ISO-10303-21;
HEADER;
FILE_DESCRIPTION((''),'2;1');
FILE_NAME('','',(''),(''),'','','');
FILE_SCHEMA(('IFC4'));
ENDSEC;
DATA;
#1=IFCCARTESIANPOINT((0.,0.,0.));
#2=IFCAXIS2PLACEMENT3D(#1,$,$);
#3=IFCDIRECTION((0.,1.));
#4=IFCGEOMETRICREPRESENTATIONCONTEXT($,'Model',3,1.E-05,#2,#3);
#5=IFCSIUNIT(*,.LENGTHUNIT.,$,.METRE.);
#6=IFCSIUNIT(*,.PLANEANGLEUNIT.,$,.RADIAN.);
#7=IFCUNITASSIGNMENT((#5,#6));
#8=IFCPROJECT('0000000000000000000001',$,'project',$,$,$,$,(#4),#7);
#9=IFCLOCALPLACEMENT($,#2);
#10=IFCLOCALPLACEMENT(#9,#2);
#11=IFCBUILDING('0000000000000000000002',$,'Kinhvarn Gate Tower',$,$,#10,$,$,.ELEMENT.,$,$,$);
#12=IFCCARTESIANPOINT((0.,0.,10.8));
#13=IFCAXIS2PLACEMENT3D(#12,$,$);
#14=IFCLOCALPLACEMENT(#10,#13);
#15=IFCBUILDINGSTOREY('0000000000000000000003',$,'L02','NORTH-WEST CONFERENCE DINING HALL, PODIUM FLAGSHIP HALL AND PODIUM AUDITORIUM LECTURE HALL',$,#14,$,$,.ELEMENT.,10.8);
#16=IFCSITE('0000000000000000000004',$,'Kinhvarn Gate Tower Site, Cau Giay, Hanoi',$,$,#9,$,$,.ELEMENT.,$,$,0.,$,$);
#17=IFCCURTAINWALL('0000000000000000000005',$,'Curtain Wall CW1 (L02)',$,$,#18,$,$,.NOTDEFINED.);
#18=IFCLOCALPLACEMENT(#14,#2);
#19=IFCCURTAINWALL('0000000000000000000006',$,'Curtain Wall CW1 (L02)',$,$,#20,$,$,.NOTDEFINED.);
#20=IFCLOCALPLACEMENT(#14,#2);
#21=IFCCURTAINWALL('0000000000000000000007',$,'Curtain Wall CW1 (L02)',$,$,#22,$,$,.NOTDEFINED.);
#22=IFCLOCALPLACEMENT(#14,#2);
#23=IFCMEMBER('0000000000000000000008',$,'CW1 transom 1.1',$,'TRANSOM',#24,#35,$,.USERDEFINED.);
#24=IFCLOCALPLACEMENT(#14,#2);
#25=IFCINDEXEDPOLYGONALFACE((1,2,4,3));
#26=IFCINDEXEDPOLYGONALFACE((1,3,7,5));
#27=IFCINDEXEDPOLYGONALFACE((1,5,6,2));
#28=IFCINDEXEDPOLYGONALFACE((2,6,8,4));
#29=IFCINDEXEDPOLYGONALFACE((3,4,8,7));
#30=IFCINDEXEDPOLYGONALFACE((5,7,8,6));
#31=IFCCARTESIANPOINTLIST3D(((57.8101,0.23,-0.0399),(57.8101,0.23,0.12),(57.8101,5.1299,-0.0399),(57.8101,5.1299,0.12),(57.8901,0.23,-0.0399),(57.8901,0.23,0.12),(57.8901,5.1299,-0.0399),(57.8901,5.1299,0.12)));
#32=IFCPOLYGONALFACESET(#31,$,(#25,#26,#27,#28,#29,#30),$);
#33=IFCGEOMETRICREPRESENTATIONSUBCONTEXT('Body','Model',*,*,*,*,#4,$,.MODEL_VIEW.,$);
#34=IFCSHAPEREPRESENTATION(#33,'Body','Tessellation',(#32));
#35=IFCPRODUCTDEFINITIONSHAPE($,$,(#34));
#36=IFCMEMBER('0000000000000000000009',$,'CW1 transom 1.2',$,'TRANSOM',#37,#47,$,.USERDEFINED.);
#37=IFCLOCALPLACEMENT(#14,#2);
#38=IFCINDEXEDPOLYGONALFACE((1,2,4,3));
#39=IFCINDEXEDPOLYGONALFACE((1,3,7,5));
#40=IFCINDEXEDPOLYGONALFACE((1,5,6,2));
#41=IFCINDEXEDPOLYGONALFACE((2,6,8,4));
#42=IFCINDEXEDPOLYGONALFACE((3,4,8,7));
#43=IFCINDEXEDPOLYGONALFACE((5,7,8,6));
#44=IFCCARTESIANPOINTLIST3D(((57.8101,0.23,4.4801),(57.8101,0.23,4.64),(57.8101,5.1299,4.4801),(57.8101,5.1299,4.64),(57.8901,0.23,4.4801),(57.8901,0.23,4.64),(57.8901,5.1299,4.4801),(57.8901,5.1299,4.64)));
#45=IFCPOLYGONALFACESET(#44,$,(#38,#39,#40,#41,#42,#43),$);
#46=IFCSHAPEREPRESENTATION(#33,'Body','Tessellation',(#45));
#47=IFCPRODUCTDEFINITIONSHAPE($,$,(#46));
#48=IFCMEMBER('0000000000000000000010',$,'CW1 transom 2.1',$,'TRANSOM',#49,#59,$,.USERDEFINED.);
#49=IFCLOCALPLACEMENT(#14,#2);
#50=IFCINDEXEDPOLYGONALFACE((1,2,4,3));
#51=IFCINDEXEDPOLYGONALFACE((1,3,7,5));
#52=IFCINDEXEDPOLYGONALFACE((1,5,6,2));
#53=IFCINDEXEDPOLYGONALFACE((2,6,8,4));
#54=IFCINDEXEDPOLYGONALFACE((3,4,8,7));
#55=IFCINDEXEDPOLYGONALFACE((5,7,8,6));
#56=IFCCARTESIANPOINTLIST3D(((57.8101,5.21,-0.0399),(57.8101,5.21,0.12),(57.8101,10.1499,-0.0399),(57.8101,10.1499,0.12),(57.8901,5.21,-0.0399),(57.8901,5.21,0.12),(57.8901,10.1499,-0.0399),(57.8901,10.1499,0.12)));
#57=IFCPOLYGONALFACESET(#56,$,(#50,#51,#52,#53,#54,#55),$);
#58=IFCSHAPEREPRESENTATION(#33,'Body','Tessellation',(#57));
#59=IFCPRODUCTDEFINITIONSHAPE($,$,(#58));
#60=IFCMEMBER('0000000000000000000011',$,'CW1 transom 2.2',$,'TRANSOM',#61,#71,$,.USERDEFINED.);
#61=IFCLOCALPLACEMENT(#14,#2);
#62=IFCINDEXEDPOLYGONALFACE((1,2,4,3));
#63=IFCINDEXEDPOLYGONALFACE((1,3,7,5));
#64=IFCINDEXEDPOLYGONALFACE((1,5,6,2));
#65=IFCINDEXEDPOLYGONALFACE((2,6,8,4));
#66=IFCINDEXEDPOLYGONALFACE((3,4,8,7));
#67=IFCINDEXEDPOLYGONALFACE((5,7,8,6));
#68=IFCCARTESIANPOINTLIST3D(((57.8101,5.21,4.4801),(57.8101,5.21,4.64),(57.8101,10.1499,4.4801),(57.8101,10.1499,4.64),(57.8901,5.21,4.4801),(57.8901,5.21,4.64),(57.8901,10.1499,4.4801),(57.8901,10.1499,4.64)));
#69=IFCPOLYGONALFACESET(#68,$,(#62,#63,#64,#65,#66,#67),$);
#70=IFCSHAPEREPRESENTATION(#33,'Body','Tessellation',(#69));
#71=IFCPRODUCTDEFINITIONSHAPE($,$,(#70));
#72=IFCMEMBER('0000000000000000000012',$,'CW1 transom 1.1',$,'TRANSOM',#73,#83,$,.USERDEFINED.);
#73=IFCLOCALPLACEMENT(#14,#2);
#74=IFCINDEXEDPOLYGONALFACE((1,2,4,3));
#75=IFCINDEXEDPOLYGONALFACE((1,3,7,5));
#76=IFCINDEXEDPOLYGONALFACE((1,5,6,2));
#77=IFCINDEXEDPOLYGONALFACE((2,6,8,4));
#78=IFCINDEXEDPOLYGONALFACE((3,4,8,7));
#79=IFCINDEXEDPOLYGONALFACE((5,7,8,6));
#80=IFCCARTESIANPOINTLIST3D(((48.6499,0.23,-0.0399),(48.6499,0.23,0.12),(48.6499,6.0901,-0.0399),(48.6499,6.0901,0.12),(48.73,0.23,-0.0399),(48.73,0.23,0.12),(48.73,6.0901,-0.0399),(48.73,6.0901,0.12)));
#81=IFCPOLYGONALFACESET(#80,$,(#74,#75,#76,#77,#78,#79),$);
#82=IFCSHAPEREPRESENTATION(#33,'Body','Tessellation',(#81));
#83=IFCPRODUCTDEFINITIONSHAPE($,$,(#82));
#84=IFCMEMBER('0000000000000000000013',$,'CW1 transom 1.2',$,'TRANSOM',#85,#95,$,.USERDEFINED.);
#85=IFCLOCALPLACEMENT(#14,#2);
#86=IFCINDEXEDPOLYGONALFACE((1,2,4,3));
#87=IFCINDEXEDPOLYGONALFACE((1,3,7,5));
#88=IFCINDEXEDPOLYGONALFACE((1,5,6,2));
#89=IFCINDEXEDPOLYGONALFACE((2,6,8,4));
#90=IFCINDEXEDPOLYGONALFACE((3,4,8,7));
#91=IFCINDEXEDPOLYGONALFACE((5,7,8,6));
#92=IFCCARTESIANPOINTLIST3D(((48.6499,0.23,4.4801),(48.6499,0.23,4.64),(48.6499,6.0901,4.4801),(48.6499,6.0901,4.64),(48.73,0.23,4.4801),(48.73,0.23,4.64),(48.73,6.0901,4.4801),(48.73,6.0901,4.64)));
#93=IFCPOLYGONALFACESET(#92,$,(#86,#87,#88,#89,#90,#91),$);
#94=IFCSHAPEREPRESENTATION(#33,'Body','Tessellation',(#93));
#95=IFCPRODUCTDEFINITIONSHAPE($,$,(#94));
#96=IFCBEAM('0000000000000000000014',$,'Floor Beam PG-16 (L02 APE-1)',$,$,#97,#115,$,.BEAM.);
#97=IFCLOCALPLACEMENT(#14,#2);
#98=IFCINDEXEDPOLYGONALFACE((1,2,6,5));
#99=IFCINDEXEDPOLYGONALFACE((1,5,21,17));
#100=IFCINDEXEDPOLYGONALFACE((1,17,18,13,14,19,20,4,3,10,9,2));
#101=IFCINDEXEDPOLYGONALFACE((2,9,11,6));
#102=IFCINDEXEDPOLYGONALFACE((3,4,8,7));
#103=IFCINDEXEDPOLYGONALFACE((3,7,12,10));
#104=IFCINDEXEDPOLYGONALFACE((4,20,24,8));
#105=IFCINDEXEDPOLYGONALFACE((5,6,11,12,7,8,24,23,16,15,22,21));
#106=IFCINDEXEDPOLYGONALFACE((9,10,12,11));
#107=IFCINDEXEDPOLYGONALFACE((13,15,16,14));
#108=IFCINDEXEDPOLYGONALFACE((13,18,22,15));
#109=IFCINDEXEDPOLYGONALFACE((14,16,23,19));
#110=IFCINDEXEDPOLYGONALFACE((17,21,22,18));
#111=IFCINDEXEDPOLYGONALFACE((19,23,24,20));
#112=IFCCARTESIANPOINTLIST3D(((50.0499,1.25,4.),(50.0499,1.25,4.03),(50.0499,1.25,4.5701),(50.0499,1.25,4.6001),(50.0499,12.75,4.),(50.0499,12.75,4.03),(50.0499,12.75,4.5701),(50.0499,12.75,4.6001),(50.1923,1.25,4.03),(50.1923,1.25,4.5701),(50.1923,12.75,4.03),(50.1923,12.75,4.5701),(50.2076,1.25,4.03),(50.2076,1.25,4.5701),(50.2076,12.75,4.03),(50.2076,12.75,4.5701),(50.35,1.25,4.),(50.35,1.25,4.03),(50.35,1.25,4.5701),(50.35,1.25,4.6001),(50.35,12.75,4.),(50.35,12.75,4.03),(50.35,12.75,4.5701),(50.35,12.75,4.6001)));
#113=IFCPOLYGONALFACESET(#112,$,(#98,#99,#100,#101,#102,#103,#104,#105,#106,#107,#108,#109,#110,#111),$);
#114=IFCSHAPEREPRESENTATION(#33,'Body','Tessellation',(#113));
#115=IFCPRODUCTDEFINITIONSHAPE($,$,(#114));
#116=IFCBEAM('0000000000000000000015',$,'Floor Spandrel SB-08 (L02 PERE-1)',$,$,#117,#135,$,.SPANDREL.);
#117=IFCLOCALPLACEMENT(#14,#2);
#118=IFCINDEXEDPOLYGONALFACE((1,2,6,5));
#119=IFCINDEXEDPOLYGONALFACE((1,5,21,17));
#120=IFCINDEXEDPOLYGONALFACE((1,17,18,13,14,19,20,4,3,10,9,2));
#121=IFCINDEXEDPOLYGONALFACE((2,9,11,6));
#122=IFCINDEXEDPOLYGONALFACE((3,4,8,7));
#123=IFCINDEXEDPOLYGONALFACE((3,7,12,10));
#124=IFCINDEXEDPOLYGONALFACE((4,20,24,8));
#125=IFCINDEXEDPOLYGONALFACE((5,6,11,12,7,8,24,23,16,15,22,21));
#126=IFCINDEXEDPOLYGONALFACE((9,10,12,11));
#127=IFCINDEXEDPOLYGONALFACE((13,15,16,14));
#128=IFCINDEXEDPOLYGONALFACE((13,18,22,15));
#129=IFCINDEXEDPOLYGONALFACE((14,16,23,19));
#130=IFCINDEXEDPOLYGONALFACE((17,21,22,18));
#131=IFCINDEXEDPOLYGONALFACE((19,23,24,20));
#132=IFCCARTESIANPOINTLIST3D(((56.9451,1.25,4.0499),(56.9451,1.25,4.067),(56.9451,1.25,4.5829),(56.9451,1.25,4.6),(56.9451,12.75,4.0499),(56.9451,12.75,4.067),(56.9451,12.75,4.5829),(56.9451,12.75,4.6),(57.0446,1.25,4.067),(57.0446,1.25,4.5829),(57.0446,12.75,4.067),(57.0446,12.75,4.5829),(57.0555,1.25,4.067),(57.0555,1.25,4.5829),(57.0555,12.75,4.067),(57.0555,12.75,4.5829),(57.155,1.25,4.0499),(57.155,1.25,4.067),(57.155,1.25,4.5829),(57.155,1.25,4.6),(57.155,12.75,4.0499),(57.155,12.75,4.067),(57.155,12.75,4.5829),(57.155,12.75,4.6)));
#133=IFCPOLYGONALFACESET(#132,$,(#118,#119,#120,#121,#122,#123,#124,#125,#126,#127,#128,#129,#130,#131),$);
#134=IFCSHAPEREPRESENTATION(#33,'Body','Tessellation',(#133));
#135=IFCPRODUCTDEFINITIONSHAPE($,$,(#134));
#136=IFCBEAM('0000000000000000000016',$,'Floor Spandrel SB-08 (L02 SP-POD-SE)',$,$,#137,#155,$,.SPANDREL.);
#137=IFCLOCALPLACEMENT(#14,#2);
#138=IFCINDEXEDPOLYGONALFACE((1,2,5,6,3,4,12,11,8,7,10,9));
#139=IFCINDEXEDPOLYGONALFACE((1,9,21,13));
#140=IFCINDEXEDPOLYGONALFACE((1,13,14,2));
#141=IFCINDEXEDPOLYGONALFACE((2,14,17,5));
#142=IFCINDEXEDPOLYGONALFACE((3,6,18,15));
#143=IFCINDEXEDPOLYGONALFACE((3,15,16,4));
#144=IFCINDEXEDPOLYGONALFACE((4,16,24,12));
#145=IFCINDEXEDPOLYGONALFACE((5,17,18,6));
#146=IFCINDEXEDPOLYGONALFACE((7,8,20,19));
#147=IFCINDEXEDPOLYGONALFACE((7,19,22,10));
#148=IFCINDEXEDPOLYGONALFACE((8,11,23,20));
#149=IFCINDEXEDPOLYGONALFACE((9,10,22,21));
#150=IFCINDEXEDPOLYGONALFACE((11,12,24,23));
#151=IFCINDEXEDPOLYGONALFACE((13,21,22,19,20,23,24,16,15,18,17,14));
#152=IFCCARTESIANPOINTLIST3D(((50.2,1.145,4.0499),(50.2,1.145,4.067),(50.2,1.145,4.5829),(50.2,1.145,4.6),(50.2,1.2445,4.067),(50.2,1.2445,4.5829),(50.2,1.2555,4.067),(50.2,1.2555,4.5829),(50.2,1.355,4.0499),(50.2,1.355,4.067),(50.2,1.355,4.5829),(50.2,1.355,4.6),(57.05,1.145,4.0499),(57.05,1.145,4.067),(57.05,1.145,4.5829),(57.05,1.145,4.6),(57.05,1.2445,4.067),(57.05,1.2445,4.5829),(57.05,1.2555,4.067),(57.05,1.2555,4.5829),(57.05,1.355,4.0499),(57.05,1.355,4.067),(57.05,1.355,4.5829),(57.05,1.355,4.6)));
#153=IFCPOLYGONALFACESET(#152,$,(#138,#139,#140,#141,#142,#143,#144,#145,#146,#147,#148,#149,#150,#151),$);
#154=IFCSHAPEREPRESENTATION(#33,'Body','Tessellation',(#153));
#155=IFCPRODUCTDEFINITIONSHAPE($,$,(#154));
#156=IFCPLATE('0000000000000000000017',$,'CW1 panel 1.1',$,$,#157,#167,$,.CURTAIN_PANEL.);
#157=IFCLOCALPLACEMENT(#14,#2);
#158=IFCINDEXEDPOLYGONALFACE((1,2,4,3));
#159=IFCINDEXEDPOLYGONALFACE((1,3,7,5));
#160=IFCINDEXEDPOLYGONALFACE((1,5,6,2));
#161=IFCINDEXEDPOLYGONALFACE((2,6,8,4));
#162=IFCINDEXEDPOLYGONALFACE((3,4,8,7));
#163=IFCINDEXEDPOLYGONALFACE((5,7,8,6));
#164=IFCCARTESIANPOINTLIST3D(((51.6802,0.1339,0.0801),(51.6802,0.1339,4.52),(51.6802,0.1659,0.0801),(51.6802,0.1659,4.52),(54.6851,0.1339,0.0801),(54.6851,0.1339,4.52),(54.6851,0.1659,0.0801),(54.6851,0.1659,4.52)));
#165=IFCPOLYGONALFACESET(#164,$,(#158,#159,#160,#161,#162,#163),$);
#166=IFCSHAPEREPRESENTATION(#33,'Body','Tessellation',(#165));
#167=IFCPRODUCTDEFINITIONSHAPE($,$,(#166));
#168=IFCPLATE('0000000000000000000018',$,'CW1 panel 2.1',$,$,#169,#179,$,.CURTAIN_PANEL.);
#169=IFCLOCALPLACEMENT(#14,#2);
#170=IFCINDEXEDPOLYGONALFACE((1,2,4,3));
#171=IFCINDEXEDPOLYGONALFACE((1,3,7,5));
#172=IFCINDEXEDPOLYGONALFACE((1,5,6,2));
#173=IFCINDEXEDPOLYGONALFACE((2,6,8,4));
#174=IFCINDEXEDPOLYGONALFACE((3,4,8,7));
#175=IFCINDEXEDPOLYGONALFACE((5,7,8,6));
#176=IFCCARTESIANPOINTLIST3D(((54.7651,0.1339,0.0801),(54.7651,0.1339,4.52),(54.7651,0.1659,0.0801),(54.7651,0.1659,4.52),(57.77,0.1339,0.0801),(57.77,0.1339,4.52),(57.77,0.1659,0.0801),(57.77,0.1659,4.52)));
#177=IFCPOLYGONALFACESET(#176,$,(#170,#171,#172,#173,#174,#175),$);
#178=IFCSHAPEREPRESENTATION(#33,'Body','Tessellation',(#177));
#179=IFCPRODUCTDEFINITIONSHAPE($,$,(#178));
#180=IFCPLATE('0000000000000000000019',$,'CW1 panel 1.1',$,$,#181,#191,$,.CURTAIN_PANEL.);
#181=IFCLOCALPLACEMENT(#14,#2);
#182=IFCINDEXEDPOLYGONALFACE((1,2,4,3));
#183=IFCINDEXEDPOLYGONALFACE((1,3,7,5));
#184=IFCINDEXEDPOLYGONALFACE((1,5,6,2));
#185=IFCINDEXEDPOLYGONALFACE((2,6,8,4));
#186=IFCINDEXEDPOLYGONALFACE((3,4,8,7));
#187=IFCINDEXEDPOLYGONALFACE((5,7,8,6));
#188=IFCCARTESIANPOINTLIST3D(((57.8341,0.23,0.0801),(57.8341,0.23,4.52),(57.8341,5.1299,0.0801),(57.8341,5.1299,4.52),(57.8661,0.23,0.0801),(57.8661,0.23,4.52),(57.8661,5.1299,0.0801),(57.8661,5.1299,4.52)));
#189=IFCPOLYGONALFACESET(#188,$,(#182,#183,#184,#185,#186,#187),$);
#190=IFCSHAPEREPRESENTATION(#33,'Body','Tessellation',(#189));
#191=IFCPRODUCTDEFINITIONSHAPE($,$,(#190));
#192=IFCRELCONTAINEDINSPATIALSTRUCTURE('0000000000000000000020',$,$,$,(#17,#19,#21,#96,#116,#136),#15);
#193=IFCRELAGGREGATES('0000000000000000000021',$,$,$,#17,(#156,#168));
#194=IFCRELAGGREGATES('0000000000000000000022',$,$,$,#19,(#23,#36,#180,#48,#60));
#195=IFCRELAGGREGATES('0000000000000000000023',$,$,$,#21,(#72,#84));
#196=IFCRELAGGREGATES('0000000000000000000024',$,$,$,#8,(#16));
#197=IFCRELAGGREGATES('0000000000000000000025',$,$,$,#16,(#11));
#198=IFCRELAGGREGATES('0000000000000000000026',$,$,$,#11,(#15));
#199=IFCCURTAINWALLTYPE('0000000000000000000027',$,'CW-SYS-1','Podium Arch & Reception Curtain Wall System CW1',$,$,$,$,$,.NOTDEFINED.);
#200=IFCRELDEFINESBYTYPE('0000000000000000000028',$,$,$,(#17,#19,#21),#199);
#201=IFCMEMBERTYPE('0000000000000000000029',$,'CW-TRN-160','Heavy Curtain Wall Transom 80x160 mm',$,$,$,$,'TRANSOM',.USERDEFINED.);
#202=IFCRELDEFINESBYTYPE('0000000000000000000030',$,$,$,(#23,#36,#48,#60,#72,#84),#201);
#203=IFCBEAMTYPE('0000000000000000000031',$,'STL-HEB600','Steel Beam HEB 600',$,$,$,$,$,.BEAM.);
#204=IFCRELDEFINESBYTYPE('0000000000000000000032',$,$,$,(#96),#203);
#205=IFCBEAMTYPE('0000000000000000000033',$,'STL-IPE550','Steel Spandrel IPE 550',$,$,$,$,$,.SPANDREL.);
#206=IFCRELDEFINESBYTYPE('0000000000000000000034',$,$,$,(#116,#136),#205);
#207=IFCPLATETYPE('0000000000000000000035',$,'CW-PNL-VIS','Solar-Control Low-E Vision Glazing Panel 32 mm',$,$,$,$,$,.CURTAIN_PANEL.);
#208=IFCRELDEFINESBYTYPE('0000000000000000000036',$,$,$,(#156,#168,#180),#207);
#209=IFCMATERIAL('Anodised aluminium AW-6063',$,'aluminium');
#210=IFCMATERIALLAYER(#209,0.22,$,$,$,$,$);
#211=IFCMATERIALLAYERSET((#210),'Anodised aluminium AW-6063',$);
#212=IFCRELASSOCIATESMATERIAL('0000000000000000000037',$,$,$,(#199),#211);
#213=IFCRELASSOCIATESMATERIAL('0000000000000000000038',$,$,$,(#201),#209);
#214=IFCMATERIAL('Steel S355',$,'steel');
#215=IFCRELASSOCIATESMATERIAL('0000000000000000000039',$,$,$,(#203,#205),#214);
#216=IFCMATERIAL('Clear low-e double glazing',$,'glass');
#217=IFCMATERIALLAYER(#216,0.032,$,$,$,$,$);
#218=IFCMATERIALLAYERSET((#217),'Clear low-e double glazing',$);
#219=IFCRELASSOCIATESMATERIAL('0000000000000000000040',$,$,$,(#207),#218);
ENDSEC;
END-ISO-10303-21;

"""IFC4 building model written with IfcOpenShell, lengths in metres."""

from ifc_helpers import new_model, si_unit, direction, frame, origin, origin_2d, place, context, subcontext, project, spatial, rectangle, i_section, extrude, material, layer, layer_set, material_profile, profile_set, type_object, element, aggregate, save


model = new_model("IFC4")

# Units and contexts
model_context = context("Model", 3, precision=1e-05, world=origin(), true_north=direction((0.0, 1.0)))
body_context = subcontext(model_context, "Body", "Model", "MODEL_VIEW")
ifc_project = project(units=[si_unit("LENGTHUNIT", "METRE"), si_unit("PLANEANGLEUNIT", "RADIAN")], contexts=[model_context])

# Site, building, storey
site_placement = place(None, origin())
site = spatial("IfcSite", under=ifc_project, at=site_placement, Name="Kinhvarn Gate Tower Site, Cau Giay, Hanoi", CompositionType="ELEMENT", RefElevation=0.0)
building_placement = place(site_placement, origin())
building = spatial("IfcBuilding", under=site, at=building_placement, Name="Kinhvarn Gate Tower", CompositionType="ELEMENT")
storey_placement = place(building_placement, frame((0.0, 0.0, 10.8)))
storey = spatial("IfcBuildingStorey", under=building, at=storey_placement, Name="L02", Description="NORTH-WEST CONFERENCE DINING HALL, PODIUM FLAGSHIP HALL AND PODIUM AUDITORIUM LECTURE HALL", CompositionType="ELEMENT", Elevation=10.8)

# Curtain walls
ifc_material_1 = material(Name="Anodised aluminium AW-6063", Category="aluminium")
ifc_layer_1 = layer(ifc_material_1, 0.22)
ifc_layer_set_1 = layer_set([ifc_layer_1], Name="Anodised aluminium AW-6063")
curtain_wall_type = type_object("IfcCurtainWallType", Name="CW-SYS-1", Description="Podium Arch & Reception Curtain Wall System CW1", PredefinedType="NOTDEFINED", material=ifc_layer_set_1)
curtain_wall_1_placement = place(storey_placement, origin())
curtain_wall_1 = element("IfcCurtainWall", 1, at=curtain_wall_1_placement, inside=storey, type_object=curtain_wall_type, Name="Curtain Wall CW1 (L02)", PredefinedType="NOTDEFINED")
curtain_wall_2_placement = place(storey_placement, origin())
curtain_wall_2 = element("IfcCurtainWall", 2, at=curtain_wall_2_placement, inside=storey, type_object=curtain_wall_type, Name="Curtain Wall CW1 (L02)", PredefinedType="NOTDEFINED")

# Curtain wall
curtain_wall_3_placement = place(storey_placement, origin())
curtain_wall_3 = element("IfcCurtainWall", 3, at=curtain_wall_3_placement, inside=storey, type_object=curtain_wall_type, Name="Curtain Wall CW1 (L02)", PredefinedType="NOTDEFINED")

# Members
ifc_material_profile_1 = material_profile(ifc_material_1, rectangle(XDim=0.0801, YDim=0.1599, at=origin_2d()), Name="ALU 80x160")
ifc_profile_set_1 = profile_set([ifc_material_profile_1], Name="Anodised aluminium AW-6063")
member_type_1 = type_object("IfcMemberType", Name="CW-TRN-160", Description="Heavy Curtain Wall Transom 80x160 mm", ElementType="TRANSOM", PredefinedType="USERDEFINED", material=ifc_profile_set_1)
member_1_placement = place(storey_placement, frame((57.8501, 0.23, 0.04), z_axis=(0.0, 1.0, 0.0), x_axis=(-1.0, 0.0, 0.0)))
member_1 = element("IfcMember", 4, at=member_1_placement, type_object=member_type_1, Name="CW1 transom 1.1", ObjectType="TRANSOM", PredefinedType="USERDEFINED", context=body_context, shape_type="SweptSolid", body=[
    extrude(rectangle(XDim=0.0801, YDim=0.1599, at=origin_2d()), origin(), (0.0, 0.0, 1.0), 4.8999),
])
member_2_placement = place(storey_placement, frame((57.8501, 0.23, 4.5601), z_axis=(0.0, 1.0, 0.0), x_axis=(-1.0, 0.0, 0.0)))
member_2 = element("IfcMember", 5, at=member_2_placement, type_object=member_type_1, Name="CW1 transom 1.2", ObjectType="TRANSOM", PredefinedType="USERDEFINED", context=body_context, shape_type="SweptSolid", body=[
    extrude(rectangle(XDim=0.0801, YDim=0.1599, at=origin_2d()), origin(), (0.0, 0.0, 1.0), 4.8999),
])
member_3_placement = place(storey_placement, frame((57.8501, 5.21, 0.04), z_axis=(0.0, 1.0, 0.0), x_axis=(-1.0, 0.0, 0.0)))
member_3 = element("IfcMember", 6, at=member_3_placement, type_object=member_type_1, Name="CW1 transom 2.1", ObjectType="TRANSOM", PredefinedType="USERDEFINED", context=body_context, shape_type="SweptSolid", body=[
    extrude(rectangle(XDim=0.0801, YDim=0.1599, at=origin_2d()), origin(), (0.0, 0.0, 1.0), 4.9399),
])
member_4_placement = place(storey_placement, frame((57.8501, 5.21, 4.5601), z_axis=(0.0, 1.0, 0.0), x_axis=(-1.0, 0.0, 0.0)))
member_4 = element("IfcMember", 7, at=member_4_placement, type_object=member_type_1, Name="CW1 transom 2.2", ObjectType="TRANSOM", PredefinedType="USERDEFINED", context=body_context, shape_type="SweptSolid", body=[
    extrude(rectangle(XDim=0.0801, YDim=0.1599, at=origin_2d()), origin(), (0.0, 0.0, 1.0), 4.9399),
])
member_5_placement = place(storey_placement, frame((48.6899, 6.0901, 0.04), z_axis=(0.0, -1.0, 0.0), x_axis=(1.0, 0.0, 0.0)))
member_5 = element("IfcMember", 8, at=member_5_placement, type_object=member_type_1, Name="CW1 transom 1.1", ObjectType="TRANSOM", PredefinedType="USERDEFINED", context=body_context, shape_type="SweptSolid", body=[
    extrude(rectangle(XDim=0.0801, YDim=0.1599, at=origin_2d()), origin(), (0.0, 0.0, 1.0), 5.8601),
])
member_6_placement = place(storey_placement, frame((48.6899, 6.0901, 4.5601), z_axis=(0.0, -1.0, 0.0), x_axis=(1.0, 0.0, 0.0)))
member_6 = element("IfcMember", 9, at=member_6_placement, type_object=member_type_1, Name="CW1 transom 1.2", ObjectType="TRANSOM", PredefinedType="USERDEFINED", context=body_context, shape_type="SweptSolid", body=[
    extrude(rectangle(XDim=0.0801, YDim=0.1599, at=origin_2d()), origin(), (0.0, 0.0, 1.0), 5.8601),
])

# Beams
ifc_material_2 = material(Name="Steel S355", Category="steel")
ifc_material_profile_2 = material_profile(ifc_material_2, i_section(OverallWidth=0.3, OverallDepth=0.6001, WebThickness=0.0154, FlangeThickness=0.03, at=origin_2d()), Name="HEB 600")
ifc_profile_set_2 = profile_set([ifc_material_profile_2], Name="Steel S355")
beam_type_1 = type_object("IfcBeamType", Name="STL-HEB600", Description="Steel Beam HEB 600", PredefinedType="BEAM", material=ifc_profile_set_2)
beam_1_placement = place(storey_placement, frame((50.2, 1.25, 4.3), z_axis=(0.0, 1.0, 0.0), x_axis=(-1.0, 0.0, 0.0)))
element("IfcBeam", 10, at=beam_1_placement, inside=storey, type_object=beam_type_1, Name="Floor Beam PG-16 (L02 APE-1)", PredefinedType="BEAM", context=body_context, shape_type="SweptSolid", body=[
    extrude(i_section(OverallWidth=0.3, OverallDepth=0.6001, WebThickness=0.0154, FlangeThickness=0.03, at=origin_2d()), origin(), (0.0, 0.0, 1.0), 11.5),
])
ifc_material_profile_3 = material_profile(ifc_material_2, i_section(OverallWidth=0.21, OverallDepth=0.55, WebThickness=0.011, FlangeThickness=0.0171, at=origin_2d()), Name="IPE 550")
ifc_profile_set_3 = profile_set([ifc_material_profile_3], Name="Steel S355")
beam_type_2 = type_object("IfcBeamType", Name="STL-IPE550", Description="Steel Spandrel IPE 550", PredefinedType="SPANDREL", material=ifc_profile_set_3)
beam_2_placement = place(storey_placement, frame((57.05, 1.25, 4.325), z_axis=(0.0, 1.0, 0.0), x_axis=(-1.0, 0.0, 0.0)))
element("IfcBeam", 11, at=beam_2_placement, inside=storey, type_object=beam_type_2, Name="Floor Spandrel SB-08 (L02 PERE-1)", PredefinedType="SPANDREL", context=body_context, shape_type="SweptSolid", body=[
    extrude(i_section(OverallWidth=0.21, OverallDepth=0.55, WebThickness=0.011, FlangeThickness=0.0171, at=origin_2d()), origin(), (0.0, 0.0, 1.0), 11.5),
])
beam_3_placement = place(storey_placement, frame((50.2, 1.25, 4.325), z_axis=(1.0, 0.0, 0.0), x_axis=(0.0, 1.0, 0.0)))
element("IfcBeam", 12, at=beam_3_placement, inside=storey, type_object=beam_type_2, Name="Floor Spandrel SB-08 (L02 SP-POD-SE)", PredefinedType="SPANDREL", context=body_context, shape_type="SweptSolid", body=[
    extrude(i_section(OverallWidth=0.21, OverallDepth=0.55, WebThickness=0.011, FlangeThickness=0.0171, at=origin_2d()), origin(), (0.0, 0.0, 1.0), 6.8501),
])

# Plates
ifc_material_3 = material(Name="Clear low-e double glazing", Category="glass")
ifc_layer_2 = layer(ifc_material_3, 0.032)
ifc_layer_set_2 = layer_set([ifc_layer_2], Name="Clear low-e double glazing")
plate_type = type_object("IfcPlateType", Name="CW-PNL-VIS", Description="Solar-Control Low-E Vision Glazing Panel 32 mm", PredefinedType="CURTAIN_PANEL", material=ifc_layer_set_2)
plate_1_placement = place(storey_placement, frame((53.1826, 0.1499, 0.0801), z_axis=(0.0, 0.0, 1.0), x_axis=(1.0, 0.0, 0.0)))
plate_1 = element("IfcPlate", 13, at=plate_1_placement, type_object=plate_type, Name="CW1 panel 1.1", PredefinedType="CURTAIN_PANEL", context=body_context, shape_type="SweptSolid", body=[
    extrude(rectangle(XDim=3.0049, YDim=0.032, at=origin_2d()), origin(), (0.0, 0.0, 1.0), 4.4399),
])
plate_2_placement = place(storey_placement, frame((56.2676, 0.1499, 0.0801), z_axis=(0.0, 0.0, 1.0), x_axis=(1.0, 0.0, 0.0)))
plate_2 = element("IfcPlate", 14, at=plate_2_placement, type_object=plate_type, Name="CW1 panel 2.1", PredefinedType="CURTAIN_PANEL", context=body_context, shape_type="SweptSolid", body=[
    extrude(rectangle(XDim=3.0049, YDim=0.032, at=origin_2d()), origin(), (0.0, 0.0, 1.0), 4.4399),
])
aggregate(curtain_wall_1, [plate_1, plate_2])
plate_3_placement = place(storey_placement, frame((57.8501, 2.6799, 0.0801), z_axis=(0.0, 0.0, 1.0), x_axis=(0.0, 1.0, 0.0)))
plate_3 = element("IfcPlate", 15, at=plate_3_placement, type_object=plate_type, Name="CW1 panel 1.1", PredefinedType="CURTAIN_PANEL", context=body_context, shape_type="SweptSolid", body=[
    extrude(rectangle(XDim=4.8999, YDim=0.032, at=origin_2d()), origin(), (0.0, 0.0, 1.0), 4.4399),
])
aggregate(curtain_wall_2, [member_1, member_2, plate_3, member_3, member_4])
aggregate(curtain_wall_3, [member_5, member_6])

save(model, "model.ifc")
